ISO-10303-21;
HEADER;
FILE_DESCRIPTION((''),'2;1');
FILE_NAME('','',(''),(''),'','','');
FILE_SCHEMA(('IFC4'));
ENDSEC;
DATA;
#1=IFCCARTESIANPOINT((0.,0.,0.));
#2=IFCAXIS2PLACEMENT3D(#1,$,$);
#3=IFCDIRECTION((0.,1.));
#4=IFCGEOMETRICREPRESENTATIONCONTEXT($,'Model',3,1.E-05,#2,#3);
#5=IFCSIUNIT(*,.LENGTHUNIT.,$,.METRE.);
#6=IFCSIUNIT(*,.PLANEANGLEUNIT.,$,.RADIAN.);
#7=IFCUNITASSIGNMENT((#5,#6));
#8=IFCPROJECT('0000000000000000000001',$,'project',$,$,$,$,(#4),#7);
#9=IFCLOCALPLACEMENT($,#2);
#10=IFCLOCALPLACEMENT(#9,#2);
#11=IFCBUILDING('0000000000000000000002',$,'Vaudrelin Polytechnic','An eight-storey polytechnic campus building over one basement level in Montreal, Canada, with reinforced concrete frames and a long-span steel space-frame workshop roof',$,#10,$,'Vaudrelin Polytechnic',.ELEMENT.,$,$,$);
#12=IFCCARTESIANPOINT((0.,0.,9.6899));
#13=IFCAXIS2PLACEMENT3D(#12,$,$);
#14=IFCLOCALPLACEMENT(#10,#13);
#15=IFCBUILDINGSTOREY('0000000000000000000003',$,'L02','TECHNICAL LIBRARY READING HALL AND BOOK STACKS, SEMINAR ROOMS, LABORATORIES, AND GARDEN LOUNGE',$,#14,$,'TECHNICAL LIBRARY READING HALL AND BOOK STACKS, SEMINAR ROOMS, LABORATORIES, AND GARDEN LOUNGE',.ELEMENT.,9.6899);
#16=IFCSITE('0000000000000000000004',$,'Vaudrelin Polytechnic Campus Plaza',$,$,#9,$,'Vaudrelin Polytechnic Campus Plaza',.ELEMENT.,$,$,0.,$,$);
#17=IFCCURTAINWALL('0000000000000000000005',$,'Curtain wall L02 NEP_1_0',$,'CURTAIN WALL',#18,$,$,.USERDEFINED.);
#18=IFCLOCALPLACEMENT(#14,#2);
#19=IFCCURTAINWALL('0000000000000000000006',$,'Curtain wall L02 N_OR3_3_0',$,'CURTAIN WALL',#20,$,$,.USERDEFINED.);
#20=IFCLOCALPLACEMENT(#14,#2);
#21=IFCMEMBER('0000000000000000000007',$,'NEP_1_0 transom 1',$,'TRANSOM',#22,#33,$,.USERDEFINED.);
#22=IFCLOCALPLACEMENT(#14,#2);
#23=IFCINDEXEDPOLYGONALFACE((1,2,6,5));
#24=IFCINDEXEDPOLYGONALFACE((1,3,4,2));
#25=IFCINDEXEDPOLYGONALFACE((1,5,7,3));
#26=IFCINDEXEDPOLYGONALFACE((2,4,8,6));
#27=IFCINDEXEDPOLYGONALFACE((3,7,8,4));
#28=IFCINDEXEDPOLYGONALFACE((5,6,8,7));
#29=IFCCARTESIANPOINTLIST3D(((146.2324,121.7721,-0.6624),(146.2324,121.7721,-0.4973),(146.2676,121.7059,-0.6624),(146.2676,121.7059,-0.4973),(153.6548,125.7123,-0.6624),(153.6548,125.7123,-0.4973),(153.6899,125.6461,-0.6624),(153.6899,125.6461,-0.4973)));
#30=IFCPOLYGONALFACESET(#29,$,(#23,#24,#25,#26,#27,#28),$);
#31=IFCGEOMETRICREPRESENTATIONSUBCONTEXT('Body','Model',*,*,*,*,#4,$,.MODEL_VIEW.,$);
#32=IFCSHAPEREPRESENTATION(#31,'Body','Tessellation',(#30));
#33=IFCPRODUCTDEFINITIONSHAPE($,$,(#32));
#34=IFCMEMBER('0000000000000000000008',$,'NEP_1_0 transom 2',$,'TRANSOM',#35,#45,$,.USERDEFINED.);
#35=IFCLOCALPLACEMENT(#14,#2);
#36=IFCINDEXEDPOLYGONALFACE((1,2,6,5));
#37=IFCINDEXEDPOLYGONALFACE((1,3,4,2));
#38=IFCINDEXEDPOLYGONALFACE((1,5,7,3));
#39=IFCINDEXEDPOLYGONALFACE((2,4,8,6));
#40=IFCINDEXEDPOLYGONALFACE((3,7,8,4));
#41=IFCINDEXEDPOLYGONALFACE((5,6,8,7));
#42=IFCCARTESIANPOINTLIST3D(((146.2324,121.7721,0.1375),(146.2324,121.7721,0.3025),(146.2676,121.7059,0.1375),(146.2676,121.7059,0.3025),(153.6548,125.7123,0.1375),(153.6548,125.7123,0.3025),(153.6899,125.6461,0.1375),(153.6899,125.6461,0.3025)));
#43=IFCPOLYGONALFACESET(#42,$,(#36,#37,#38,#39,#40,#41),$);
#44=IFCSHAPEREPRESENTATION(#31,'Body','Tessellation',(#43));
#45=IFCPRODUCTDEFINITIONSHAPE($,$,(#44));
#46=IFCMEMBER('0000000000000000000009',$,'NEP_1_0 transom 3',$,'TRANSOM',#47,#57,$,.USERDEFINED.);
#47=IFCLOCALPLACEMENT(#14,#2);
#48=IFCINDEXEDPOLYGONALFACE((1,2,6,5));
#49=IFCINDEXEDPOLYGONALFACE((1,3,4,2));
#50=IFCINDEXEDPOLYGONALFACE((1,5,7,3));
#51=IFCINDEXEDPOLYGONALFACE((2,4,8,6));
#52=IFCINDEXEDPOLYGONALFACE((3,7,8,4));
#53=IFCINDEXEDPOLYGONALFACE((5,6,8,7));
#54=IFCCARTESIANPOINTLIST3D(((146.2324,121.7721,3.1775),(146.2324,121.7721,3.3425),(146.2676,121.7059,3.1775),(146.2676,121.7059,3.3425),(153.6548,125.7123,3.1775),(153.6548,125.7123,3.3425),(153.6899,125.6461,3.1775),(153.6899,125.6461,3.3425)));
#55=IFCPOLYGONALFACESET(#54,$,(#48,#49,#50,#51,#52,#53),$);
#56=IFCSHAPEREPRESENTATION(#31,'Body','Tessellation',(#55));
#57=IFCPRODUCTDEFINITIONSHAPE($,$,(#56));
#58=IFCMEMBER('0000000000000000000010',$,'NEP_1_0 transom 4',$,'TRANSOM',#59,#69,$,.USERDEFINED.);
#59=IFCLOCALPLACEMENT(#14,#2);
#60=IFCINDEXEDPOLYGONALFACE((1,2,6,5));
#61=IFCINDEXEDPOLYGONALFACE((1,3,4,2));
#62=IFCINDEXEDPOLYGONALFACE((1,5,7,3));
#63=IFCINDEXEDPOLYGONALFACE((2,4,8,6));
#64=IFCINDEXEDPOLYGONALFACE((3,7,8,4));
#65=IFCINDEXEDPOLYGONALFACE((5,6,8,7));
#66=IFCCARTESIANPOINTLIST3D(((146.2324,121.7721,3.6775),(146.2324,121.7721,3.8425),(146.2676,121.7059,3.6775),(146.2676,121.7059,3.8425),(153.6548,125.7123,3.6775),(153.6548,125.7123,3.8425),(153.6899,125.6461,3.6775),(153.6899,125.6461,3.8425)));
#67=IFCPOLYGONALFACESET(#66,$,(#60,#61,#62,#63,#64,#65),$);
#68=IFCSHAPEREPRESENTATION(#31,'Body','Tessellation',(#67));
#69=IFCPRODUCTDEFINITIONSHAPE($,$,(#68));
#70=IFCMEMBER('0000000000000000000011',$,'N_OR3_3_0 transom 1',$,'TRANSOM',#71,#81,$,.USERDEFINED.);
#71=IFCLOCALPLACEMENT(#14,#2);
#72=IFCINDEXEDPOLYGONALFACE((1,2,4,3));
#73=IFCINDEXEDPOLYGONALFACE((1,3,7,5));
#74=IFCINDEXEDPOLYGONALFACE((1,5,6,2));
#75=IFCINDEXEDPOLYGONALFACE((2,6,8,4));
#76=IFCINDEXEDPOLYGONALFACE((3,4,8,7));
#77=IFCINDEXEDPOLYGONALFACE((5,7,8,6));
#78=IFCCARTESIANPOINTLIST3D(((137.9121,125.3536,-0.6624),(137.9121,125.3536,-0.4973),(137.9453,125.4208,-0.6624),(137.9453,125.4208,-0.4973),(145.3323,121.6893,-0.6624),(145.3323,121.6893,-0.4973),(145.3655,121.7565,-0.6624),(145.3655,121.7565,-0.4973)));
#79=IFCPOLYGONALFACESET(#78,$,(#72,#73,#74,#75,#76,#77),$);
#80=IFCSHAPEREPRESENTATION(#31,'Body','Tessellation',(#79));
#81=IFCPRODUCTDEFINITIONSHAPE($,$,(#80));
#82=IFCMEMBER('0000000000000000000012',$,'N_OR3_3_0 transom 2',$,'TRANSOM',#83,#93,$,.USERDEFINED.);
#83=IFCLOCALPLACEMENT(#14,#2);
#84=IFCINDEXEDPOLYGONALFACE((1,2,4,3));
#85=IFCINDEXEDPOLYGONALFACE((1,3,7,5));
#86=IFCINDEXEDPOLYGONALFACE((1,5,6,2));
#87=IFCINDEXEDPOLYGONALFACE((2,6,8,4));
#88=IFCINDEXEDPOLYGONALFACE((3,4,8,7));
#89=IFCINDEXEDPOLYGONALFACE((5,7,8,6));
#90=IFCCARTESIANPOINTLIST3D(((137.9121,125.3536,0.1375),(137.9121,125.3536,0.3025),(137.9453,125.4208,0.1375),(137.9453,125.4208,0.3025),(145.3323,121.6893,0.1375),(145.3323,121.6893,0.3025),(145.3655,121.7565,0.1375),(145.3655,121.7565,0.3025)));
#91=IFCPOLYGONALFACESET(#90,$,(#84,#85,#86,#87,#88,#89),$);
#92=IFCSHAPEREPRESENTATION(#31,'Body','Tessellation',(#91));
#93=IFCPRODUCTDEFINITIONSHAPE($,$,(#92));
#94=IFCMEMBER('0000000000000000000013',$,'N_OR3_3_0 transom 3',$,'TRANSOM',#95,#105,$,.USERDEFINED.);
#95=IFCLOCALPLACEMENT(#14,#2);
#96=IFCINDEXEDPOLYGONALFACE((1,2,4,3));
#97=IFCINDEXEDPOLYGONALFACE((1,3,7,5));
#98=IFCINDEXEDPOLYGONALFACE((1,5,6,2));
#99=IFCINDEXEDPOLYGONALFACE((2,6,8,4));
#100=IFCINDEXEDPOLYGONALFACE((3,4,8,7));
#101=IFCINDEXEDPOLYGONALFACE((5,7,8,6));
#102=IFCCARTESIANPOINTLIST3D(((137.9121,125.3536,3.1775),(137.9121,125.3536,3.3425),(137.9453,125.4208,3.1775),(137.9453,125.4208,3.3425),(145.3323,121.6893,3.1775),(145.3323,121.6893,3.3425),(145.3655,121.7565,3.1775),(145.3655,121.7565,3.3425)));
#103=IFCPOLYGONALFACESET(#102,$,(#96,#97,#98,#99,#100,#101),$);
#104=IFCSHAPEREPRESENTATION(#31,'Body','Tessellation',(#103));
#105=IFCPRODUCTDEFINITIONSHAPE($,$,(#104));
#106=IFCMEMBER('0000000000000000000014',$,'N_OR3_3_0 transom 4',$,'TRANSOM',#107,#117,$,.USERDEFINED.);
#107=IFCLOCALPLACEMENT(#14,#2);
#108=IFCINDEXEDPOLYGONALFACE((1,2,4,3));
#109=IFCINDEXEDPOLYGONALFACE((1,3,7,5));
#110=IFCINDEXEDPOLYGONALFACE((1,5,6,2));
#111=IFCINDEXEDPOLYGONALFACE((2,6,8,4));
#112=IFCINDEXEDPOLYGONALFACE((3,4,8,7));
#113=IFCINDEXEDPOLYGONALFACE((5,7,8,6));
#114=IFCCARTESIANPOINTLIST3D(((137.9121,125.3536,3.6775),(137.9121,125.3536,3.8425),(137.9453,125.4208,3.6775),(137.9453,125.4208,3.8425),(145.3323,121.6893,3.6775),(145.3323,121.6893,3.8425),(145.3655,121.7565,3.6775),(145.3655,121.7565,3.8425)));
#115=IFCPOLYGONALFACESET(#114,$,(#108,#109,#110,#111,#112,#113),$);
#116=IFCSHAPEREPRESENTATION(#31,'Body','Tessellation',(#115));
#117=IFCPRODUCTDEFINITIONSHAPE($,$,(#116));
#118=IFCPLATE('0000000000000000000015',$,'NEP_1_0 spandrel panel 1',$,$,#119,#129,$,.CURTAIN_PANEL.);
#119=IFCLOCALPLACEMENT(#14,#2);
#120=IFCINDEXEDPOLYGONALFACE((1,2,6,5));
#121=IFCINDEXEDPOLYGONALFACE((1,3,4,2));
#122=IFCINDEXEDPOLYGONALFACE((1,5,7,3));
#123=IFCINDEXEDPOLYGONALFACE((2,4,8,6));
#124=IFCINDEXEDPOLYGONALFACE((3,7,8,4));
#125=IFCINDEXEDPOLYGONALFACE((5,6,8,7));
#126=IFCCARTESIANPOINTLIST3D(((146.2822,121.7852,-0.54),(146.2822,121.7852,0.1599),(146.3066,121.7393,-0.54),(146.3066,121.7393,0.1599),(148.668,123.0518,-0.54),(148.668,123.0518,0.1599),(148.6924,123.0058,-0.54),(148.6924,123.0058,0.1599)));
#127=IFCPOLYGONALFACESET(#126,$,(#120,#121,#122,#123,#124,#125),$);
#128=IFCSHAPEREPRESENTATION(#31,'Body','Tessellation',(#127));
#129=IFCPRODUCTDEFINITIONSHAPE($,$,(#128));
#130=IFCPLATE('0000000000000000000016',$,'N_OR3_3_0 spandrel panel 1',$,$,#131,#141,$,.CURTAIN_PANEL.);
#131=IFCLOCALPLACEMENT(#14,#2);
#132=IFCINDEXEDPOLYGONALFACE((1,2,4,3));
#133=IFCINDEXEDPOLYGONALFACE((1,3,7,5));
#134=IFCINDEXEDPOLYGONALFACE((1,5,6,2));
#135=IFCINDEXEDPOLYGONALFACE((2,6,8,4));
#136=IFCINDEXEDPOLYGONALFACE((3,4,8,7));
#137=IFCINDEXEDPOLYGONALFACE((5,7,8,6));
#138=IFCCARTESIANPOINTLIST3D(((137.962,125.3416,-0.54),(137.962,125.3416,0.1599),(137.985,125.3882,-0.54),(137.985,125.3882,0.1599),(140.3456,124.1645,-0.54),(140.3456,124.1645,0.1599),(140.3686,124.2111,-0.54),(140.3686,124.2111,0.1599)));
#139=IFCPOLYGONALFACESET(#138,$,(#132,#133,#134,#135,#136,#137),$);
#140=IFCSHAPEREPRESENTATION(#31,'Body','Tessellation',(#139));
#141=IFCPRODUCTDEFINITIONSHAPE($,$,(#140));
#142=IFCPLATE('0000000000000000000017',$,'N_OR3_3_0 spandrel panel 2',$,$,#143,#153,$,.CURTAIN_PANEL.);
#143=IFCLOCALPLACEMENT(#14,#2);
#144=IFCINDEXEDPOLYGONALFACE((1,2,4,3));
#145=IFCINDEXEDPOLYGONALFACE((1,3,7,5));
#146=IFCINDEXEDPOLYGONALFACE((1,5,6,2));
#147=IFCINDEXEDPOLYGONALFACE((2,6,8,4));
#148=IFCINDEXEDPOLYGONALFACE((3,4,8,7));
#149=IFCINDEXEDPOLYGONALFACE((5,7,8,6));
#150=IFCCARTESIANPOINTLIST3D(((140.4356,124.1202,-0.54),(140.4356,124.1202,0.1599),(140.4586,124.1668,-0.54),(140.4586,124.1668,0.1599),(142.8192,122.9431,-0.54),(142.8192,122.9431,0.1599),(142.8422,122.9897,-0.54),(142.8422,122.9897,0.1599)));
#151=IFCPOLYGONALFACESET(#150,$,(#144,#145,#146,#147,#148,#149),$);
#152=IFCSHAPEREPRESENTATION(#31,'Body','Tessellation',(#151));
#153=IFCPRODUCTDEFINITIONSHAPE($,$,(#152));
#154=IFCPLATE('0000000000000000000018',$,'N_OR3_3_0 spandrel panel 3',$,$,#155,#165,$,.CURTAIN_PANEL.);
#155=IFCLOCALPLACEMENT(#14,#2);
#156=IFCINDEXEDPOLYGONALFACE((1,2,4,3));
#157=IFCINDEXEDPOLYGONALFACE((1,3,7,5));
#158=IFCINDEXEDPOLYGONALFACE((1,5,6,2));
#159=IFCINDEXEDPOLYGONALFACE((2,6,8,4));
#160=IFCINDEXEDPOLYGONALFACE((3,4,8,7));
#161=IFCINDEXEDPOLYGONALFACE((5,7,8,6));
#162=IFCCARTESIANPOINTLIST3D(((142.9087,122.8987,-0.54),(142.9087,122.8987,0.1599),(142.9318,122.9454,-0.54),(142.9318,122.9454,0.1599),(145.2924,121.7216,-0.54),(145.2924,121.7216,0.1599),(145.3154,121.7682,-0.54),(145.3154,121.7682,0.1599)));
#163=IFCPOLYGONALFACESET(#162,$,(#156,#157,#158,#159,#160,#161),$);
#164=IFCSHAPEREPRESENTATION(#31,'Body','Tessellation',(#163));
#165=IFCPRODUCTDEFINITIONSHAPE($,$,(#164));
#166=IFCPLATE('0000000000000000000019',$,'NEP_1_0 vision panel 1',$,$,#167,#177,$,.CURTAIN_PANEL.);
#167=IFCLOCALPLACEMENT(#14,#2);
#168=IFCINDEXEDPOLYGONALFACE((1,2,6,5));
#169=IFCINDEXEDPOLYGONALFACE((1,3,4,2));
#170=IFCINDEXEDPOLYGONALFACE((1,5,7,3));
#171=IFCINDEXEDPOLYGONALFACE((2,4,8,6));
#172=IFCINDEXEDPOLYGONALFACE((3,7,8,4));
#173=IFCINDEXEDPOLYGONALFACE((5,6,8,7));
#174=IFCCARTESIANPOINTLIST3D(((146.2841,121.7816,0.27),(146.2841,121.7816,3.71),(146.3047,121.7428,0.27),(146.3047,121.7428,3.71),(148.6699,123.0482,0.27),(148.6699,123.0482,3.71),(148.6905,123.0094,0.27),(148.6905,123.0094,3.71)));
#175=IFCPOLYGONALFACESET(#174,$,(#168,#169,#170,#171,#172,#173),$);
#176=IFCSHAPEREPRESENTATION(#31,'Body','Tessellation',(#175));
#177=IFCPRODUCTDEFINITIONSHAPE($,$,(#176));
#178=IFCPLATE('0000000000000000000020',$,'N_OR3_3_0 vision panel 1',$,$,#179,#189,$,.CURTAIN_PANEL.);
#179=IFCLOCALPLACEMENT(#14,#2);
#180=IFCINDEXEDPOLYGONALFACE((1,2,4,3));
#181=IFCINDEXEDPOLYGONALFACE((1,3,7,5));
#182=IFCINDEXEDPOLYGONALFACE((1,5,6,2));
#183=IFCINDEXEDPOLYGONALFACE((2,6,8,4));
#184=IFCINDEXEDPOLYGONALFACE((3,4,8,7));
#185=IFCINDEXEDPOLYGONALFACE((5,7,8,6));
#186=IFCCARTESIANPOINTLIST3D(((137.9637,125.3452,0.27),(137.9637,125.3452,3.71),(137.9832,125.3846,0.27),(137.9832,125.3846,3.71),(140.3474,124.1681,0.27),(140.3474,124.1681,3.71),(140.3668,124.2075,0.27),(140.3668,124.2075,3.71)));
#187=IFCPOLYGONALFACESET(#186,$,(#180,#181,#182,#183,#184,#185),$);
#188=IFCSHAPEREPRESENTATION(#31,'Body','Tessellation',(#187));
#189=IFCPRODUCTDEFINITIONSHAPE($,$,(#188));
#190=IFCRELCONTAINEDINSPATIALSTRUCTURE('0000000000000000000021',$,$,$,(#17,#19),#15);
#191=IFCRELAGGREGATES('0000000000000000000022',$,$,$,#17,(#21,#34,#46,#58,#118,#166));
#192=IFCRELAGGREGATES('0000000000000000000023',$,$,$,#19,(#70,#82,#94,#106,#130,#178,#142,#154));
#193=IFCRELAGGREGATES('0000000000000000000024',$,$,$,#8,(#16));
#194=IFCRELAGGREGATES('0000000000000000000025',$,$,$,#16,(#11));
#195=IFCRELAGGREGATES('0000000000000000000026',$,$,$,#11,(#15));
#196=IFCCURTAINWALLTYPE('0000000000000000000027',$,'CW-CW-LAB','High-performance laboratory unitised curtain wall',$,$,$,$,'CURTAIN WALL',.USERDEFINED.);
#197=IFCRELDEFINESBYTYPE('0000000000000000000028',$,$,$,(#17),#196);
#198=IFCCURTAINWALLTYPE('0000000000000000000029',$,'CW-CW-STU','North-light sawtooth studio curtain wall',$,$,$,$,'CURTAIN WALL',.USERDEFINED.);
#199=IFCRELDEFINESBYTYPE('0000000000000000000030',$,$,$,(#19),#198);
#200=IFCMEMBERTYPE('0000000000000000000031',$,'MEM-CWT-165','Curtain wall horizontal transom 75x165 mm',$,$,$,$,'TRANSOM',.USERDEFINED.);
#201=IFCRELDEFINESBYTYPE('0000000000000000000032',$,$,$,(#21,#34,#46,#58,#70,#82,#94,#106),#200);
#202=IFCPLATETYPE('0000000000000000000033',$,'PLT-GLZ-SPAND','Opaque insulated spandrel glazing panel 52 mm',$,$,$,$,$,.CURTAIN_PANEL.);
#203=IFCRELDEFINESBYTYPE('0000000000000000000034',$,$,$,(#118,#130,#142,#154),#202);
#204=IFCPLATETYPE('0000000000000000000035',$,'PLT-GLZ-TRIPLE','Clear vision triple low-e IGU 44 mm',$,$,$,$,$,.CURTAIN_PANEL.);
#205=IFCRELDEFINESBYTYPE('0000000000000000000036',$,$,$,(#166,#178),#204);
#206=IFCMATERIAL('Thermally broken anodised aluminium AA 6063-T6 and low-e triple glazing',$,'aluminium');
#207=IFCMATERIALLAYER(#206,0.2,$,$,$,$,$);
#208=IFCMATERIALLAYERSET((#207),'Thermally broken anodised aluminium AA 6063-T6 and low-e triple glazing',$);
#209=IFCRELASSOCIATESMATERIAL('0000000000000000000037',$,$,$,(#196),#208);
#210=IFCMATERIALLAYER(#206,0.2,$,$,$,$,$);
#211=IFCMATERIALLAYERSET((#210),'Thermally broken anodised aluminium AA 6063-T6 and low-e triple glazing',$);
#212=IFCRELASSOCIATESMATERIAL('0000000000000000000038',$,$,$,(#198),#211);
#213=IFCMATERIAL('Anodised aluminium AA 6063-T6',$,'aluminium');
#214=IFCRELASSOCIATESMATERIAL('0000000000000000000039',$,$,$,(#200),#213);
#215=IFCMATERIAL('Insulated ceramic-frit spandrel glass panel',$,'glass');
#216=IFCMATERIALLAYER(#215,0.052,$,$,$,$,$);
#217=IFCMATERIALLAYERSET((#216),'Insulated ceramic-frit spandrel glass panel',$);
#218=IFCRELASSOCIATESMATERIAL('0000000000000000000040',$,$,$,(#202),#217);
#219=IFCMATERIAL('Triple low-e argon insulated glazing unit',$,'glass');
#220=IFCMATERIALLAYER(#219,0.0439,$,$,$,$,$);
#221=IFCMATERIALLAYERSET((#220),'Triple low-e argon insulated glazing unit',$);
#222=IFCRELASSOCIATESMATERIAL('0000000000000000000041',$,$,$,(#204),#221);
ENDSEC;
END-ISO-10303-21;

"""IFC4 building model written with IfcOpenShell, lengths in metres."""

from ifc_helpers import new_model, si_unit, direction, frame, origin, origin_2d, place, context, subcontext, project, spatial, rectangle, extrude, material, layer, layer_set, material_profile, profile_set, type_object, element, aggregate, save


model = new_model("IFC4")

# Units and contexts
model_context = context("Model", 3, precision=1e-05, world=origin(), true_north=direction((0.0, 1.0)))
body_context = subcontext(model_context, "Body", "Model", "MODEL_VIEW")
ifc_project = project(units=[si_unit("LENGTHUNIT", "METRE"), si_unit("PLANEANGLEUNIT", "RADIAN")], contexts=[model_context])

# Site, building, storey
site_placement = place(None, origin())
site = spatial("IfcSite", under=ifc_project, at=site_placement, Name="Vaudrelin Polytechnic Campus Plaza", LongName="Vaudrelin Polytechnic Campus Plaza", CompositionType="ELEMENT", RefElevation=0.0)
building_placement = place(site_placement, origin())
building = spatial("IfcBuilding", under=site, at=building_placement, Name="Vaudrelin Polytechnic", Description="An eight-storey polytechnic campus building over one basement level in Montreal, Canada, with reinforced concrete frames and a long-span steel space-frame workshop roof", LongName="Vaudrelin Polytechnic", CompositionType="ELEMENT")
storey_placement = place(building_placement, frame((0.0, 0.0, 9.6899)))
storey = spatial("IfcBuildingStorey", under=building, at=storey_placement, Name="L02", Description="TECHNICAL LIBRARY READING HALL AND BOOK STACKS, SEMINAR ROOMS, LABORATORIES, AND GARDEN LOUNGE", LongName="TECHNICAL LIBRARY READING HALL AND BOOK STACKS, SEMINAR ROOMS, LABORATORIES, AND GARDEN LOUNGE", CompositionType="ELEMENT", Elevation=9.6899)

# Curtain wall
ifc_material_1 = material(Name="Thermally broken anodised aluminium AA 6063-T6 and low-e triple glazing", Category="aluminium")
ifc_layer_1 = layer(ifc_material_1, 0.2)
ifc_layer_set_1 = layer_set([ifc_layer_1], Name="Thermally broken anodised aluminium AA 6063-T6 and low-e triple glazing")
curtain_wall_type_1 = type_object("IfcCurtainWallType", Name="CW-CW-LAB", Description="High-performance laboratory unitised curtain wall", ElementType="CURTAIN WALL", PredefinedType="USERDEFINED", material=ifc_layer_set_1)
curtain_wall_1_placement = place(storey_placement, origin())
curtain_wall_1 = element("IfcCurtainWall", 1, at=curtain_wall_1_placement, inside=storey, type_object=curtain_wall_type_1, Name="Curtain wall L02 NEP_1_0", ObjectType="CURTAIN WALL", PredefinedType="USERDEFINED")
ifc_material_2 = material(Name="Anodised aluminium AA 6063-T6", Category="aluminium")

# Curtain wall
ifc_layer_2 = layer(ifc_material_1, 0.2)
ifc_layer_set_2 = layer_set([ifc_layer_2], Name="Thermally broken anodised aluminium AA 6063-T6 and low-e triple glazing")
curtain_wall_type_2 = type_object("IfcCurtainWallType", Name="CW-CW-STU", Description="North-light sawtooth studio curtain wall", ElementType="CURTAIN WALL", PredefinedType="USERDEFINED", material=ifc_layer_set_2)
curtain_wall_2_placement = place(storey_placement, origin())
curtain_wall_2 = element("IfcCurtainWall", 2, at=curtain_wall_2_placement, inside=storey, type_object=curtain_wall_type_2, Name="Curtain wall L02 N_OR3_3_0", ObjectType="CURTAIN WALL", PredefinedType="USERDEFINED")

# Members
ifc_material_profile_1 = material_profile(ifc_material_2, rectangle(XDim=0.075, YDim=0.165, at=origin_2d()), Name="CWT-75x165")
ifc_profile_set_1 = profile_set([ifc_material_profile_1], Name="Anodised aluminium AA 6063-T6")
member_type_1 = type_object("IfcMemberType", Name="MEM-CWT-165", Description="Curtain wall horizontal transom 75x165 mm", ElementType="TRANSOM", PredefinedType="USERDEFINED", material=ifc_profile_set_1)
member_1_placement = place(storey_placement, frame((146.25, 121.739, -0.5798), z_axis=(0.883261, 0.468882, 0.0), x_axis=(-0.468882, 0.883261, 0.0)))
member_1 = element("IfcMember", 3, at=member_1_placement, type_object=member_type_1, Name="NEP_1_0 transom 1", ObjectType="TRANSOM", PredefinedType="USERDEFINED", context=body_context, shape_type="SweptSolid", body=[
    extrude(rectangle(XDim=0.075, YDim=0.165, at=origin_2d()), origin(), (0.0, 0.0, 1.0), 8.4033),
])
member_2_placement = place(storey_placement, frame((146.25, 121.739, 0.22), z_axis=(0.883261, 0.468882, 0.0), x_axis=(-0.468882, 0.883261, 0.0)))
member_2 = element("IfcMember", 4, at=member_2_placement, type_object=member_type_1, Name="NEP_1_0 transom 2", ObjectType="TRANSOM", PredefinedType="USERDEFINED", context=body_context, shape_type="SweptSolid", body=[
    extrude(rectangle(XDim=0.075, YDim=0.165, at=origin_2d()), origin(), (0.0, 0.0, 1.0), 8.4033),
])
member_3_placement = place(storey_placement, frame((146.25, 121.739, 3.26), z_axis=(0.883261, 0.468882, 0.0), x_axis=(-0.468882, 0.883261, 0.0)))
member_3 = element("IfcMember", 5, at=member_3_placement, type_object=member_type_1, Name="NEP_1_0 transom 3", ObjectType="TRANSOM", PredefinedType="USERDEFINED", context=body_context, shape_type="SweptSolid", body=[
    extrude(rectangle(XDim=0.075, YDim=0.165, at=origin_2d()), origin(), (0.0, 0.0, 1.0), 8.4033),
])
member_4_placement = place(storey_placement, frame((146.25, 121.739, 3.76), z_axis=(0.883261, 0.468882, 0.0), x_axis=(-0.468882, 0.883261, 0.0)))
member_4 = element("IfcMember", 6, at=member_4_placement, type_object=member_type_1, Name="NEP_1_0 transom 4", ObjectType="TRANSOM", PredefinedType="USERDEFINED", context=body_context, shape_type="SweptSolid", body=[
    extrude(rectangle(XDim=0.075, YDim=0.165, at=origin_2d()), origin(), (0.0, 0.0, 1.0), 8.4033),
])
member_5_placement = place(storey_placement, frame((137.9287, 125.3872, -0.5798), z_axis=(0.896629, -0.442783, 0.0), x_axis=(0.442783, 0.896629, 0.0)))
member_5 = element("IfcMember", 7, at=member_5_placement, type_object=member_type_1, Name="N_OR3_3_0 transom 1", ObjectType="TRANSOM", PredefinedType="USERDEFINED", context=body_context, shape_type="SweptSolid", body=[
    extrude(rectangle(XDim=0.075, YDim=0.165, at=origin_2d()), origin(), (0.0, 0.0, 1.0), 8.2756),
])
member_6_placement = place(storey_placement, frame((137.9287, 125.3872, 0.22), z_axis=(0.896629, -0.442783, 0.0), x_axis=(0.442783, 0.896629, 0.0)))
member_6 = element("IfcMember", 8, at=member_6_placement, type_object=member_type_1, Name="N_OR3_3_0 transom 2", ObjectType="TRANSOM", PredefinedType="USERDEFINED", context=body_context, shape_type="SweptSolid", body=[
    extrude(rectangle(XDim=0.075, YDim=0.165, at=origin_2d()), origin(), (0.0, 0.0, 1.0), 8.2756),
])
member_7_placement = place(storey_placement, frame((137.9287, 125.3872, 3.26), z_axis=(0.896629, -0.442783, 0.0), x_axis=(0.442783, 0.896629, 0.0)))
member_7 = element("IfcMember", 9, at=member_7_placement, type_object=member_type_1, Name="N_OR3_3_0 transom 3", ObjectType="TRANSOM", PredefinedType="USERDEFINED", context=body_context, shape_type="SweptSolid", body=[
    extrude(rectangle(XDim=0.075, YDim=0.165, at=origin_2d()), origin(), (0.0, 0.0, 1.0), 8.2756),
])
member_8_placement = place(storey_placement, frame((137.9287, 125.3872, 3.76), z_axis=(0.896629, -0.442783, 0.0), x_axis=(0.442783, 0.896629, 0.0)))
member_8 = element("IfcMember", 10, at=member_8_placement, type_object=member_type_1, Name="N_OR3_3_0 transom 4", ObjectType="TRANSOM", PredefinedType="USERDEFINED", context=body_context, shape_type="SweptSolid", body=[
    extrude(rectangle(XDim=0.075, YDim=0.165, at=origin_2d()), origin(), (0.0, 0.0, 1.0), 8.2756),
])

# Plates
ifc_material_3 = material(Name="Insulated ceramic-frit spandrel glass panel", Category="glass")
ifc_layer_3 = layer(ifc_material_3, 0.052)
ifc_layer_set_3 = layer_set([ifc_layer_3], Name="Insulated ceramic-frit spandrel glass panel")
plate_type_1 = type_object("IfcPlateType", Name="PLT-GLZ-SPAND", Description="Opaque insulated spandrel glazing panel 52 mm", PredefinedType="CURTAIN_PANEL", material=ifc_layer_set_3)
plate_1_placement = place(storey_placement, frame((147.4873, 122.3955, -0.54), z_axis=(0.0, 0.0, 1.0), x_axis=(0.883254, 0.468896, 0.0)))
plate_1 = element("IfcPlate", 11, at=plate_1_placement, type_object=plate_type_1, Name="NEP_1_0 spandrel panel 1", PredefinedType="CURTAIN_PANEL", context=body_context, shape_type="SweptSolid", body=[
    extrude(rectangle(XDim=2.7012, YDim=0.052, at=origin_2d()), origin(), (0.0, 0.0, 1.0), 0.7),
])
plate_2_placement = place(storey_placement, frame((139.1653, 124.7764, -0.54), z_axis=(0.0, 0.0, 1.0), x_axis=(0.896628, -0.442785, 0.0)))
plate_2 = element("IfcPlate", 12, at=plate_2_placement, type_object=plate_type_1, Name="N_OR3_3_0 spandrel panel 1", PredefinedType="CURTAIN_PANEL", context=body_context, shape_type="SweptSolid", body=[
    extrude(rectangle(XDim=2.6584, YDim=0.052, at=origin_2d()), origin(), (0.0, 0.0, 1.0), 0.7),
])
plate_3_placement = place(storey_placement, frame((141.6389, 123.5549, -0.54), z_axis=(0.0, 0.0, 1.0), x_axis=(0.896628, -0.442785, 0.0)))
plate_3 = element("IfcPlate", 13, at=plate_3_placement, type_object=plate_type_1, Name="N_OR3_3_0 spandrel panel 2", PredefinedType="CURTAIN_PANEL", context=body_context, shape_type="SweptSolid", body=[
    extrude(rectangle(XDim=2.6584, YDim=0.052, at=origin_2d()), origin(), (0.0, 0.0, 1.0), 0.7),
])
plate_4_placement = place(storey_placement, frame((144.1121, 122.3335, -0.54), z_axis=(0.0, 0.0, 1.0), x_axis=(0.896628, -0.442785, 0.0)))
plate_4 = element("IfcPlate", 14, at=plate_4_placement, type_object=plate_type_1, Name="N_OR3_3_0 spandrel panel 3", PredefinedType="CURTAIN_PANEL", context=body_context, shape_type="SweptSolid", body=[
    extrude(rectangle(XDim=2.6584, YDim=0.052, at=origin_2d()), origin(), (0.0, 0.0, 1.0), 0.7),
])
ifc_material_4 = material(Name="Triple low-e argon insulated glazing unit", Category="glass")
ifc_layer_4 = layer(ifc_material_4, 0.0439)
ifc_layer_set_4 = layer_set([ifc_layer_4], Name="Triple low-e argon insulated glazing unit")
plate_type_2 = type_object("IfcPlateType", Name="PLT-GLZ-TRIPLE", Description="Clear vision triple low-e IGU 44 mm", PredefinedType="CURTAIN_PANEL", material=ifc_layer_set_4)
plate_5_placement = place(storey_placement, frame((147.4873, 122.3955, 0.27), z_axis=(0.0, 0.0, 1.0), x_axis=(0.883254, 0.468896, 0.0)))
plate_5 = element("IfcPlate", 15, at=plate_5_placement, type_object=plate_type_2, Name="NEP_1_0 vision panel 1", PredefinedType="CURTAIN_PANEL", context=body_context, shape_type="SweptSolid", body=[
    extrude(rectangle(XDim=2.7012, YDim=0.0439, at=origin_2d()), origin(), (0.0, 0.0, 1.0), 3.4399),
])
aggregate(curtain_wall_1, [member_1, member_2, member_3, member_4, plate_1, plate_5])
plate_6_placement = place(storey_placement, frame((139.1653, 124.7764, 0.27), z_axis=(0.0, 0.0, 1.0), x_axis=(0.896628, -0.442785, 0.0)))
plate_6 = element("IfcPlate", 16, at=plate_6_placement, type_object=plate_type_2, Name="N_OR3_3_0 vision panel 1", PredefinedType="CURTAIN_PANEL", context=body_context, shape_type="SweptSolid", body=[
    extrude(rectangle(XDim=2.6584, YDim=0.0439, at=origin_2d()), origin(), (0.0, 0.0, 1.0), 3.4399),
])
aggregate(curtain_wall_2, [member_5, member_6, member_7, member_8, plate_2, plate_6, plate_3, plate_4])

save(model, "model.ifc")
